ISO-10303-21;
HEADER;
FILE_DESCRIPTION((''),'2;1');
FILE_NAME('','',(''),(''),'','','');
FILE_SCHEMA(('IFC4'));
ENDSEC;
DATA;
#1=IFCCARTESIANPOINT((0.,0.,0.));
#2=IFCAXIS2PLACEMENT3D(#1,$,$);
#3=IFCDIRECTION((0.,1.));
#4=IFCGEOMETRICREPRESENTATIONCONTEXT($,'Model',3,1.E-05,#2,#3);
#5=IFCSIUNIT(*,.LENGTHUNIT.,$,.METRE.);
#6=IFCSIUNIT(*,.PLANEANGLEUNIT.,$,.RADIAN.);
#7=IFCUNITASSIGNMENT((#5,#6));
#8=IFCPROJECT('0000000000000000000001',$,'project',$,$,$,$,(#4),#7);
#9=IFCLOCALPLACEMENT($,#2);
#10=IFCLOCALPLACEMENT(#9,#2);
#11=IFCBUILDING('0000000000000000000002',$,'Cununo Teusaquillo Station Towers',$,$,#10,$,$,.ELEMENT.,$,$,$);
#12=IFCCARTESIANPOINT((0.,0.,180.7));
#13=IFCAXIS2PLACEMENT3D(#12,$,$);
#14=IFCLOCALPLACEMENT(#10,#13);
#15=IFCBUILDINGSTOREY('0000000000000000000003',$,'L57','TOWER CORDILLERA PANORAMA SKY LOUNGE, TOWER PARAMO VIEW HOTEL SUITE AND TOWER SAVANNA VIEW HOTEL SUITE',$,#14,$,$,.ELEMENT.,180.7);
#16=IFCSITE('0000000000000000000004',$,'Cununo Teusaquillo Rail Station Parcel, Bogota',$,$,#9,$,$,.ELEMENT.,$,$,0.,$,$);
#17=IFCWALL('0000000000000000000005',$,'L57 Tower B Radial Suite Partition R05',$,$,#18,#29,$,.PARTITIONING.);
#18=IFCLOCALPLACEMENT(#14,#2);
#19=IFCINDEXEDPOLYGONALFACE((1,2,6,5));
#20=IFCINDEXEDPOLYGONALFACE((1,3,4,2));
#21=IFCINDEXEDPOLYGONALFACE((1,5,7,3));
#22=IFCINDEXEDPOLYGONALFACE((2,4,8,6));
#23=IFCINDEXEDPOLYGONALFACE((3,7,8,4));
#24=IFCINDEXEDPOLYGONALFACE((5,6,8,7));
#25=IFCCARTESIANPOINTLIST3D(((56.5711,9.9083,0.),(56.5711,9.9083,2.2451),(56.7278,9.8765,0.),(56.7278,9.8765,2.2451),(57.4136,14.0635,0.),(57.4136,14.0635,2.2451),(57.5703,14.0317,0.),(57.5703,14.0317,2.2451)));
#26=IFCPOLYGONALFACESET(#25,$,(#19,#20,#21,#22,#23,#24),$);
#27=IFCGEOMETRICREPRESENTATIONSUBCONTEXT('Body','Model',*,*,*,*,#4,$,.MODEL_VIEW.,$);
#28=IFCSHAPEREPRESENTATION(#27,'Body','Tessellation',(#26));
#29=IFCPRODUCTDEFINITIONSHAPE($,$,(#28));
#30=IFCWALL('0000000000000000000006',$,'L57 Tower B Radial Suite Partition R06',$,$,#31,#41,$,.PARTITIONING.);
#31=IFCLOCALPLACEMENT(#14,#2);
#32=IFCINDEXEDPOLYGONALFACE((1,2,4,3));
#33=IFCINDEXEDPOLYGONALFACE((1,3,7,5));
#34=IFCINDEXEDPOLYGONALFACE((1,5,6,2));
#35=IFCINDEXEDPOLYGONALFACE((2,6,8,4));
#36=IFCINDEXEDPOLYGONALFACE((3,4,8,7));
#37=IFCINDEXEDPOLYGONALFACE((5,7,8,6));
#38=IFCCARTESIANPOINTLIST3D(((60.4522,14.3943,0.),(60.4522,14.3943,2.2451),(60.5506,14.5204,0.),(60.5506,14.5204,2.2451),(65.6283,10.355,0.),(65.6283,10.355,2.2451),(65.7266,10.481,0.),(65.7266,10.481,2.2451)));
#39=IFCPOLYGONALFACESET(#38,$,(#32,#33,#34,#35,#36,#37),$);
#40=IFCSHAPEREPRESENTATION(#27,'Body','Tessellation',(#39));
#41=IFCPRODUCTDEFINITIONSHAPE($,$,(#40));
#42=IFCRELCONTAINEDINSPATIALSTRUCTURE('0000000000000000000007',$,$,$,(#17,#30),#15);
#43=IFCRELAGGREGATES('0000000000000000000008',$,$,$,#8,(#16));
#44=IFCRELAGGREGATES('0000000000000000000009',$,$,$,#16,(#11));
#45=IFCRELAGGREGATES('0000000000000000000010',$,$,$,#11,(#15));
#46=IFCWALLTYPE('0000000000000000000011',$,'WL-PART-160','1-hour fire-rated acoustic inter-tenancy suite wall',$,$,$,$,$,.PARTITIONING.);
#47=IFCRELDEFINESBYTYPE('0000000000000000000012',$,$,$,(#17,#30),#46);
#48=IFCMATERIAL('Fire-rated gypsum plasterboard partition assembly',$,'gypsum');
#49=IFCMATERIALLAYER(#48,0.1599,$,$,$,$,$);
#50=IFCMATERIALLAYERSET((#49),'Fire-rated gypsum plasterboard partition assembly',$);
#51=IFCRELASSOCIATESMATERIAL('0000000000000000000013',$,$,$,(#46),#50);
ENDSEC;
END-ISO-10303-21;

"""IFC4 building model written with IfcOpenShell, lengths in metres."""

from ifc_helpers import new_model, si_unit, direction, frame, frame_2d, origin, place, context, subcontext, project, spatial, rectangle, extrude, material, layer, layer_set, type_object, element, save


model = new_model("IFC4")

# Units and contexts
model_context = context("Model", 3, precision=1e-05, world=origin(), true_north=direction((0.0, 1.0)))
body_context = subcontext(model_context, "Body", "Model", "MODEL_VIEW")
ifc_project = project(units=[si_unit("LENGTHUNIT", "METRE"), si_unit("PLANEANGLEUNIT", "RADIAN")], contexts=[model_context])

# Site, building, storey
site_placement = place(None, origin())
site = spatial("IfcSite", under=ifc_project, at=site_placement, Name="Cununo Teusaquillo Rail Station Parcel, Bogota", CompositionType="ELEMENT", RefElevation=0.0)
building_placement = place(site_placement, origin())
building = spatial("IfcBuilding", under=site, at=building_placement, Name="Cununo Teusaquillo Station Towers", CompositionType="ELEMENT")
storey_placement = place(building_placement, frame((0.0, 0.0, 180.7)))
storey = spatial("IfcBuildingStorey", under=building, at=storey_placement, Name="L57", Description="TOWER CORDILLERA PANORAMA SKY LOUNGE, TOWER PARAMO VIEW HOTEL SUITE AND TOWER SAVANNA VIEW HOTEL SUITE", CompositionType="ELEMENT", Elevation=180.7)

# Walls
ifc_material_1 = material(Name="Fire-rated gypsum plasterboard partition assembly", Category="gypsum")
ifc_layer_1 = layer(ifc_material_1, 0.1599)
ifc_layer_set_1 = layer_set([ifc_layer_1], Name="Fire-rated gypsum plasterboard partition assembly")
wall_type_1 = type_object("IfcWallType", Name="WL-PART-160", Description="1-hour fire-rated acoustic inter-tenancy suite wall", PredefinedType="PARTITIONING", material=ifc_layer_set_1)
wall_1_placement = place(storey_placement, frame((57.4919, 14.0476, 0.0), z_axis=(0.0, 0.0, 1.0), x_axis=(-0.198718, -0.980057, 0.0)))
element("IfcWall", 1, at=wall_1_placement, inside=storey, type_object=wall_type_1, Name="L57 Tower B Radial Suite Partition R05", PredefinedType="PARTITIONING", context=body_context, shape_type="SweptSolid", body=[
    extrude(rectangle(XDim=4.2397, YDim=0.1599, at=frame_2d((2.1199, 0.0))), origin(), (0.0, 0.0, 1.0), 2.2451),
])
wall_2_placement = place(storey_placement, frame((60.5015, 14.4573, 0.0), z_axis=(0.0, 0.0, 1.0), x_axis=(0.788354, -0.615222, 0.0)))
element("IfcWall", 2, at=wall_2_placement, inside=storey, type_object=wall_type_1, Name="L57 Tower B Radial Suite Partition R06", PredefinedType="PARTITIONING", context=body_context, shape_type="SweptSolid", body=[
    extrude(rectangle(XDim=6.5657, YDim=0.1599, at=frame_2d((3.2827, 0.0))), origin(), (0.0, 0.0, 1.0), 2.2451),
])

save(model, "model.ifc")
